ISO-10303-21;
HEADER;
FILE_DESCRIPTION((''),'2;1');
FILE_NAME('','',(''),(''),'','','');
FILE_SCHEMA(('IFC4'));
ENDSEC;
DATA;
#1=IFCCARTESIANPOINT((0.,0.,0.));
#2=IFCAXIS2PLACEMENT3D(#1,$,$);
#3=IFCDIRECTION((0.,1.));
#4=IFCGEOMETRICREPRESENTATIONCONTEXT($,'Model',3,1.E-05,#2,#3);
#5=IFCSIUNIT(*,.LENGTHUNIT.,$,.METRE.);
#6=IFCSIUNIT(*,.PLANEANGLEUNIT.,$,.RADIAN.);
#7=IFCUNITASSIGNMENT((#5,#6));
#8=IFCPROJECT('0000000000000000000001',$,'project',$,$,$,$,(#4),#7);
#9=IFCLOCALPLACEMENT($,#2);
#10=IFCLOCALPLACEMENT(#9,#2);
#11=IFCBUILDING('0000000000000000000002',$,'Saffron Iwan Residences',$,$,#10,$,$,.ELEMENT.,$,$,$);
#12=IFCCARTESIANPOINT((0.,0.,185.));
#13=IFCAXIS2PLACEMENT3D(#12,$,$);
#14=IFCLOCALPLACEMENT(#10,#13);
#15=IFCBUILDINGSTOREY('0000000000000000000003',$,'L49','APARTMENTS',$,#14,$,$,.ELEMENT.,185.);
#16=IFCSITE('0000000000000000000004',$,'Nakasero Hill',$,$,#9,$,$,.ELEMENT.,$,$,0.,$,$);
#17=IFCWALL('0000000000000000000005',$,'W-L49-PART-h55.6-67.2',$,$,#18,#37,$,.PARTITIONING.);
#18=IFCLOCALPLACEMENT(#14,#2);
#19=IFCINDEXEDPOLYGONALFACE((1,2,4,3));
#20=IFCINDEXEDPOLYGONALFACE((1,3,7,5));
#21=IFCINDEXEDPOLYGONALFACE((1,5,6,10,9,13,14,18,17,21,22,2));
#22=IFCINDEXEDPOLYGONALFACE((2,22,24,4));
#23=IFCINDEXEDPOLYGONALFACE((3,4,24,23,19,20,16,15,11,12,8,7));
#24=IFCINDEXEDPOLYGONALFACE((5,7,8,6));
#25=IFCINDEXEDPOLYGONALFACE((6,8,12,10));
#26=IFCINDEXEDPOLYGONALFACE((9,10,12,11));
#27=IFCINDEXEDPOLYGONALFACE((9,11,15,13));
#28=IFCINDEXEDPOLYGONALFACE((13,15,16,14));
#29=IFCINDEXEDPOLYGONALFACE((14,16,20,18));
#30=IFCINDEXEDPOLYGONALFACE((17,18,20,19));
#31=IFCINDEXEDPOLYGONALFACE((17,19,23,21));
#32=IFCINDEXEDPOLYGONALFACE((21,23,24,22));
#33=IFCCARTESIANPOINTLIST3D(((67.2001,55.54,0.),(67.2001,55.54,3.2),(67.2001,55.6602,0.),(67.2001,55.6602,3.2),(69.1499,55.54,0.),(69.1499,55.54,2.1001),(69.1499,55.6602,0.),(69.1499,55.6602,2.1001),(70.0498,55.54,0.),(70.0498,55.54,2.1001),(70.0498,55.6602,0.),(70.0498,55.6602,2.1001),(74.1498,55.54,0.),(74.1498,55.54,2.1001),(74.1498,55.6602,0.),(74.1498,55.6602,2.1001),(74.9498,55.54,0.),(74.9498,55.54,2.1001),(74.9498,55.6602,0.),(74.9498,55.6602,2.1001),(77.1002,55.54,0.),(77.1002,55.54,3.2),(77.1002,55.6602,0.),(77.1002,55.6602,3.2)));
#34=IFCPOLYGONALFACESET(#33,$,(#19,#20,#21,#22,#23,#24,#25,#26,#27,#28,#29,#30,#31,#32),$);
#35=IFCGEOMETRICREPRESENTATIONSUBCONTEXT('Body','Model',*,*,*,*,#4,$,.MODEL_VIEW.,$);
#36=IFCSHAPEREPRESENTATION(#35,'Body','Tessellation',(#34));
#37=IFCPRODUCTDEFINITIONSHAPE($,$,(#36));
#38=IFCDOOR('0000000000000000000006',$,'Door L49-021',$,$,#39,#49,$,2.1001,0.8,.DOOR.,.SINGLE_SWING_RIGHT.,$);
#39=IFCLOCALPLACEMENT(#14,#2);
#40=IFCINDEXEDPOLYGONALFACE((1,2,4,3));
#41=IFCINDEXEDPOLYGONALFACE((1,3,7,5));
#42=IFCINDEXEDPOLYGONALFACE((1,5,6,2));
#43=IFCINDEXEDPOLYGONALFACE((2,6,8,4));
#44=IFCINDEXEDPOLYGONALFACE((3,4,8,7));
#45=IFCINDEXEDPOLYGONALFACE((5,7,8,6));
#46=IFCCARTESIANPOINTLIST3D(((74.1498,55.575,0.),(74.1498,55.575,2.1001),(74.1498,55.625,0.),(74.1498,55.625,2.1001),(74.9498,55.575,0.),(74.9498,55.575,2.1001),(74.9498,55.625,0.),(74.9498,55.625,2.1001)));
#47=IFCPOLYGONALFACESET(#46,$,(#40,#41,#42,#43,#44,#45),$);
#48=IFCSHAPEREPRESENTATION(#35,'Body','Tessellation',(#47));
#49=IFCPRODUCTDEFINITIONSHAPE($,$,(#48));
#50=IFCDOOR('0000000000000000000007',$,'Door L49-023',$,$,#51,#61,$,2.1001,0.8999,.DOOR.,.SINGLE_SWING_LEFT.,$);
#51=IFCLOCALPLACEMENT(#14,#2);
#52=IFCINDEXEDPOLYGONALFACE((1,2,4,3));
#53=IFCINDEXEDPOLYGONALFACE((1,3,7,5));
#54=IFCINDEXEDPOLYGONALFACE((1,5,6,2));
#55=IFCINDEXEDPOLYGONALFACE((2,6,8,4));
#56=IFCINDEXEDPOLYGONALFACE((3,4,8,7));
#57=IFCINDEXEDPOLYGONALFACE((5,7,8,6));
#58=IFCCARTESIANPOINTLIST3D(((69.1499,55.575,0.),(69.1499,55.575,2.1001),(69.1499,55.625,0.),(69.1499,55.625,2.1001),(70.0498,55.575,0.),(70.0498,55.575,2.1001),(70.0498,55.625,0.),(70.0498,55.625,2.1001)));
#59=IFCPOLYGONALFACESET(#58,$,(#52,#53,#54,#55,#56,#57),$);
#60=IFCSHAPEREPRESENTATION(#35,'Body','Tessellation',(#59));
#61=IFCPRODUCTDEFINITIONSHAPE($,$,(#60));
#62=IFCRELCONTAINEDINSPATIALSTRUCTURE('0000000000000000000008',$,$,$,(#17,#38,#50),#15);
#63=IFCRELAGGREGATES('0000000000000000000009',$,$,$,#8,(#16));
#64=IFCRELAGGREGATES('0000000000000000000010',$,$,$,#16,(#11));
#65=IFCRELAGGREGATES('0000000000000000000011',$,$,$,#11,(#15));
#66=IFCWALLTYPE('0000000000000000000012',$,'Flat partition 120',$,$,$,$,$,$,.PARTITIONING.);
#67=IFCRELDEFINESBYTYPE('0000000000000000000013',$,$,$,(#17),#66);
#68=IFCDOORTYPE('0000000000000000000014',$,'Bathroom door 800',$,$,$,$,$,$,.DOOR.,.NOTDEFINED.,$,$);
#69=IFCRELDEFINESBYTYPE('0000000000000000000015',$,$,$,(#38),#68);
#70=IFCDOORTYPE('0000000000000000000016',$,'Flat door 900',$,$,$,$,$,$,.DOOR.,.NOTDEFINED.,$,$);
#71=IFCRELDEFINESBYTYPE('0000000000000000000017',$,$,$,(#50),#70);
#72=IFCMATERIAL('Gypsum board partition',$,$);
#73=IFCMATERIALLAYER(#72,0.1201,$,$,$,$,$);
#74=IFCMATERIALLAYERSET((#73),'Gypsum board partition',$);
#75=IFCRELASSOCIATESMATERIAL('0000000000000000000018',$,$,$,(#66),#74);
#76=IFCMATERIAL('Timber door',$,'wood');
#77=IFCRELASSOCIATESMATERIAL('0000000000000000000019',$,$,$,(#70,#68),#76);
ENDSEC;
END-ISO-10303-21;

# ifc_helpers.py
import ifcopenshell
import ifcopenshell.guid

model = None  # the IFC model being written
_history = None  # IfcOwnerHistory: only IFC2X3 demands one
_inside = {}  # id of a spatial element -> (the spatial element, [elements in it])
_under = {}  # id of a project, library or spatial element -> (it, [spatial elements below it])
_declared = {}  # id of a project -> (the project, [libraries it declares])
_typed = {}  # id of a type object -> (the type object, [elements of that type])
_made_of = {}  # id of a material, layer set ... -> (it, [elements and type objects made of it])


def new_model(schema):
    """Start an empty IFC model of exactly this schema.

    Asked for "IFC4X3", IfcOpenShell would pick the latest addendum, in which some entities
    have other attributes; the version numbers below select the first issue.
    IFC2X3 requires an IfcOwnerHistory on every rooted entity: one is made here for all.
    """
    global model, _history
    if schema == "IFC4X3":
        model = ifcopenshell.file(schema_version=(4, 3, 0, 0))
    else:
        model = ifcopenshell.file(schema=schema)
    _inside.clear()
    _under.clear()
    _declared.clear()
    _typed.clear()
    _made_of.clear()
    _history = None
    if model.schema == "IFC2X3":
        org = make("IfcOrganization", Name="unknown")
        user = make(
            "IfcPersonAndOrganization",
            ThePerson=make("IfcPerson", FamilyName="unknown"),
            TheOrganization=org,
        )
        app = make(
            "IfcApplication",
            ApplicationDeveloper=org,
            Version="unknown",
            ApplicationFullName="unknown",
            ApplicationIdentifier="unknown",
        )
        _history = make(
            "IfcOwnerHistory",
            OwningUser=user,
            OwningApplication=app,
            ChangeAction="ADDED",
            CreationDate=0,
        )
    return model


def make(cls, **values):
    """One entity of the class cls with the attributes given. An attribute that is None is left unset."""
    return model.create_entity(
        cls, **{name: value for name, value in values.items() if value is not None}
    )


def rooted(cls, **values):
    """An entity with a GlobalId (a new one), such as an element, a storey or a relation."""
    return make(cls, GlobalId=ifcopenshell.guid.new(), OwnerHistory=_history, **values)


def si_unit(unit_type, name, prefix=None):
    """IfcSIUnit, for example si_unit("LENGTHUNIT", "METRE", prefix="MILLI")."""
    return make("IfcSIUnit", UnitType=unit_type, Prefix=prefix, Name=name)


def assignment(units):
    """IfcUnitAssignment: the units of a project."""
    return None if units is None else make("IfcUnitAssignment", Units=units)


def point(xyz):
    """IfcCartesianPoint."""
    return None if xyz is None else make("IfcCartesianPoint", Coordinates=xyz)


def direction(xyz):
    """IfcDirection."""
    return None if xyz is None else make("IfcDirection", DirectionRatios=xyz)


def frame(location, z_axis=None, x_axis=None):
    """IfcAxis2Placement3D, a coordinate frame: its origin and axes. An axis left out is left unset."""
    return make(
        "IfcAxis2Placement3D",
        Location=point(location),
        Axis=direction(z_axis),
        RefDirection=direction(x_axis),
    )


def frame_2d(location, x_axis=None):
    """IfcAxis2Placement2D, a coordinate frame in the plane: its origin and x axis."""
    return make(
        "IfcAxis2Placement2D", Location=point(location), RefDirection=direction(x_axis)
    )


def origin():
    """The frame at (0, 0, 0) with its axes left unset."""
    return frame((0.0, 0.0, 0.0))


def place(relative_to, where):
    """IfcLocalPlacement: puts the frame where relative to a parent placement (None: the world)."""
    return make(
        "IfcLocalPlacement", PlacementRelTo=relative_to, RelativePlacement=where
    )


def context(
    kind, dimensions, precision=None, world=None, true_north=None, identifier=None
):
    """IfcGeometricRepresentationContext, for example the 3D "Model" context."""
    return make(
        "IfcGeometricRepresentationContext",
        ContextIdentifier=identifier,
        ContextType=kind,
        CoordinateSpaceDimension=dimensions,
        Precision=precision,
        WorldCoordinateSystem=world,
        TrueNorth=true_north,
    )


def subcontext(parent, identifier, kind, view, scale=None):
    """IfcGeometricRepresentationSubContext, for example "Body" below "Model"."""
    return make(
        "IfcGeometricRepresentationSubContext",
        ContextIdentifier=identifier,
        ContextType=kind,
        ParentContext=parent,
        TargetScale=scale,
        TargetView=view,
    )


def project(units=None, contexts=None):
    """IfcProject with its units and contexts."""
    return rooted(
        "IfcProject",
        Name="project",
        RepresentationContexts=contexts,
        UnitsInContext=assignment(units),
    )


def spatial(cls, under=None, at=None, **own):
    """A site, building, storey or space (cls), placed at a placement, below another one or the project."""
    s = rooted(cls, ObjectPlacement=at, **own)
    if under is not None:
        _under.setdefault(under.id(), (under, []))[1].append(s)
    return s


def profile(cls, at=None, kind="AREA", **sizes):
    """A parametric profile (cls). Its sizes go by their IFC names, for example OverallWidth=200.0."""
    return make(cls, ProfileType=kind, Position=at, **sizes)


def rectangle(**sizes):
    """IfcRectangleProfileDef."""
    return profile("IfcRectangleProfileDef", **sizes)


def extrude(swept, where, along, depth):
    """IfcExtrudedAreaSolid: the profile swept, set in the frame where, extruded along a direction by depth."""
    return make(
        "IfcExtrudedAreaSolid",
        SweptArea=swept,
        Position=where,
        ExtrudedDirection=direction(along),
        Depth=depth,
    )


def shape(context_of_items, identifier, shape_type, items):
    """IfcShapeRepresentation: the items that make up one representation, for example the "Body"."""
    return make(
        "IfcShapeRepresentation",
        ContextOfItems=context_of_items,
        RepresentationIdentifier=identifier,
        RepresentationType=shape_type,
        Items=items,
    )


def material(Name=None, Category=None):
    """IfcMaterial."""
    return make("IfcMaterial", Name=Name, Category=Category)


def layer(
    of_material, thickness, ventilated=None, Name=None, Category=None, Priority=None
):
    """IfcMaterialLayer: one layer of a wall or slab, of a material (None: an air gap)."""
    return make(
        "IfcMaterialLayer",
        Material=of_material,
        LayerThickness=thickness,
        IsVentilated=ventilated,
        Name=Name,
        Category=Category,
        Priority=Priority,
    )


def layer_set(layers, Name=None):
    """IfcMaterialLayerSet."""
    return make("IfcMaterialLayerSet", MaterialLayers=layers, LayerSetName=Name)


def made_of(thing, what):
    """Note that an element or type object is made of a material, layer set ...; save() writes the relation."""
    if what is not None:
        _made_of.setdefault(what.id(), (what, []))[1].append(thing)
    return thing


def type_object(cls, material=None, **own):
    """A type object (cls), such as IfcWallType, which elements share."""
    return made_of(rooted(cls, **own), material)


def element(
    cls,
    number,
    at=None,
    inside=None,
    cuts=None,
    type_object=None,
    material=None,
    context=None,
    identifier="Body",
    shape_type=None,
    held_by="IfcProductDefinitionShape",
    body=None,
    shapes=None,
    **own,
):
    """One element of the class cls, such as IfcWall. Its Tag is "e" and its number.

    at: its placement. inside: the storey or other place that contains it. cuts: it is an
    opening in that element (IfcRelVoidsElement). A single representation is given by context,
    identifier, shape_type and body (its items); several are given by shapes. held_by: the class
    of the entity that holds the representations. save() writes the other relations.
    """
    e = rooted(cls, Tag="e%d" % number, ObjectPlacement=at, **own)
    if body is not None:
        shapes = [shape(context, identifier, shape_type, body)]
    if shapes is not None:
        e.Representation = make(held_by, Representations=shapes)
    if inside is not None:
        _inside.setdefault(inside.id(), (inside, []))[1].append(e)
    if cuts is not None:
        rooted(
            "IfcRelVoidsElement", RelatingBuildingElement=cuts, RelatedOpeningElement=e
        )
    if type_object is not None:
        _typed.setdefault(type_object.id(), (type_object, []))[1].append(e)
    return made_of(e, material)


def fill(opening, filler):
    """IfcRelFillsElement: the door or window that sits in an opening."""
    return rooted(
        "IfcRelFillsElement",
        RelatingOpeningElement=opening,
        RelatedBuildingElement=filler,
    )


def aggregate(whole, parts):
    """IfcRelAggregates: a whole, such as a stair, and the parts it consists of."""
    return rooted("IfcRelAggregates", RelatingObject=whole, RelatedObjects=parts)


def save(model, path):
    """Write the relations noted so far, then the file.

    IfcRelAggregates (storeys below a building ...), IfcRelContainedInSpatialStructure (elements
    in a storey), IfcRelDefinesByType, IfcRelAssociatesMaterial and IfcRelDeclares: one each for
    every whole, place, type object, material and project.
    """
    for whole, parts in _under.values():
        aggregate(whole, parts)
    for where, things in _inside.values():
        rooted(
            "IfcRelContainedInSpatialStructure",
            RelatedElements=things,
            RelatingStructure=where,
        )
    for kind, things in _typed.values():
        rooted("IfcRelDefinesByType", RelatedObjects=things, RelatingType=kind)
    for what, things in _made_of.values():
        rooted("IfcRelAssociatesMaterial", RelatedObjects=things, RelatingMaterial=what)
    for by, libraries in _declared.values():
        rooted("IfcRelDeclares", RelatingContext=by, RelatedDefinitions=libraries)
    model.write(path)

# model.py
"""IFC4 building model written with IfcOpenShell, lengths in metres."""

from ifc_helpers import new_model, si_unit, direction, frame, frame_2d, origin, place, context, subcontext, project, spatial, rectangle, extrude, material, layer, layer_set, type_object, element, fill, save


model = new_model("IFC4")

# Units and contexts
model_context = context("Model", 3, precision=1e-05, world=origin(), true_north=direction((0.0, 1.0)))
body_context = subcontext(model_context, "Body", "Model", "MODEL_VIEW")
ifc_project = project(units=[si_unit("LENGTHUNIT", "METRE"), si_unit("PLANEANGLEUNIT", "RADIAN")], contexts=[model_context])

# Site, building, storey
site_placement = place(None, origin())
site = spatial("IfcSite", under=ifc_project, at=site_placement, Name="Nakasero Hill", CompositionType="ELEMENT", RefElevation=0.0)
building_placement = place(site_placement, origin())
building = spatial("IfcBuilding", under=site, at=building_placement, Name="Saffron Iwan Residences", CompositionType="ELEMENT")
storey_placement = place(building_placement, frame((0.0, 0.0, 185.0)))
storey = spatial("IfcBuildingStorey", under=building, at=storey_placement, Name="L49", Description="APARTMENTS", CompositionType="ELEMENT", Elevation=185.0)

# Wall, openings, doors
ifc_material_1 = material(Name="Gypsum board partition")
ifc_layer_1 = layer(ifc_material_1, 0.1201)
ifc_layer_set_1 = layer_set([ifc_layer_1], Name="Gypsum board partition")
wall_type_1 = type_object("IfcWallType", Name="Flat partition 120", PredefinedType="PARTITIONING", material=ifc_layer_set_1)
ifc_material_2 = material(Name="Timber door", Category="wood")
door_type_1 = type_object("IfcDoorType", Name="Flat door 900", OperationType="NOTDEFINED", PredefinedType="DOOR", material=ifc_material_2)
wall_1_placement = place(storey_placement, frame((67.2, 55.6001, 0.0), z_axis=(0.0, 0.0, 1.0), x_axis=(1.0, 0.0, 0.0)))
wall_1 = element("IfcWall", 1, at=wall_1_placement, inside=storey, type_object=wall_type_1, Name="W-L49-PART-h55.6-67.2", PredefinedType="PARTITIONING", context=body_context, shape_type="SweptSolid", body=[
    extrude(rectangle(XDim=9.9001, YDim=0.1201, at=frame_2d((4.9502, 0.0))), origin(), (0.0, 0.0, 1.0), 3.2),
])
opening_1_placement = place(wall_1_placement, frame((6.95, 0.0, 0.0)))
opening_1 = element("IfcOpeningElement", 2, at=opening_1_placement, cuts=wall_1, PredefinedType="OPENING", context=body_context, shape_type="SweptSolid", body=[
    extrude(rectangle(XDim=0.8, YDim=2.1001, at=frame_2d((0.3999, 1.05))), frame((0.0, 0.0701, 0.0), z_axis=(0.0, -1.0, 0.0), x_axis=(1.0, 0.0, 0.0)), (0.0, 0.0, 1.0), 0.1401),
])
opening_2_placement = place(wall_1_placement, frame((1.95, 0.0, 0.0)))
opening_2 = element("IfcOpeningElement", 3, at=opening_2_placement, cuts=wall_1, PredefinedType="OPENING", context=body_context, shape_type="SweptSolid", body=[
    extrude(rectangle(XDim=0.8999, YDim=2.1001, at=frame_2d((0.45, 1.05))), frame((0.0, 0.0701, 0.0), z_axis=(0.0, -1.0, 0.0), x_axis=(1.0, 0.0, 0.0)), (0.0, 0.0, 1.0), 0.1401),
])
door_type_2 = type_object("IfcDoorType", Name="Bathroom door 800", OperationType="NOTDEFINED", PredefinedType="DOOR", material=ifc_material_2)
door_1_placement = place(opening_1_placement, origin())
door_1 = element("IfcDoor", 4, at=door_1_placement, inside=storey, type_object=door_type_2, Name="Door L49-021", OperationType="SINGLE_SWING_RIGHT", OverallHeight=2.1001, OverallWidth=0.8, PredefinedType="DOOR", context=body_context, shape_type="SweptSolid", body=[
    extrude(rectangle(XDim=0.8, YDim=2.1001, at=frame_2d((0.3999, 1.05))), frame((0.0, 0.0249, 0.0), z_axis=(0.0, -1.0, 0.0), x_axis=(1.0, 0.0, 0.0)), (0.0, 0.0, 1.0), 0.05),
])
fill(opening_1, door_1)
door_2_placement = place(opening_2_placement, origin())
door_2 = element("IfcDoor", 5, at=door_2_placement, inside=storey, type_object=door_type_1, Name="Door L49-023", OperationType="SINGLE_SWING_LEFT", OverallHeight=2.1001, OverallWidth=0.8999, PredefinedType="DOOR", context=body_context, shape_type="SweptSolid", body=[
    extrude(rectangle(XDim=0.8999, YDim=2.1001, at=frame_2d((0.45, 1.05))), frame((0.0, 0.0249, 0.0), z_axis=(0.0, -1.0, 0.0), x_axis=(1.0, 0.0, 0.0)), (0.0, 0.0, 1.0), 0.05),
])
fill(opening_2, door_2)

save(model, "model.ifc")
